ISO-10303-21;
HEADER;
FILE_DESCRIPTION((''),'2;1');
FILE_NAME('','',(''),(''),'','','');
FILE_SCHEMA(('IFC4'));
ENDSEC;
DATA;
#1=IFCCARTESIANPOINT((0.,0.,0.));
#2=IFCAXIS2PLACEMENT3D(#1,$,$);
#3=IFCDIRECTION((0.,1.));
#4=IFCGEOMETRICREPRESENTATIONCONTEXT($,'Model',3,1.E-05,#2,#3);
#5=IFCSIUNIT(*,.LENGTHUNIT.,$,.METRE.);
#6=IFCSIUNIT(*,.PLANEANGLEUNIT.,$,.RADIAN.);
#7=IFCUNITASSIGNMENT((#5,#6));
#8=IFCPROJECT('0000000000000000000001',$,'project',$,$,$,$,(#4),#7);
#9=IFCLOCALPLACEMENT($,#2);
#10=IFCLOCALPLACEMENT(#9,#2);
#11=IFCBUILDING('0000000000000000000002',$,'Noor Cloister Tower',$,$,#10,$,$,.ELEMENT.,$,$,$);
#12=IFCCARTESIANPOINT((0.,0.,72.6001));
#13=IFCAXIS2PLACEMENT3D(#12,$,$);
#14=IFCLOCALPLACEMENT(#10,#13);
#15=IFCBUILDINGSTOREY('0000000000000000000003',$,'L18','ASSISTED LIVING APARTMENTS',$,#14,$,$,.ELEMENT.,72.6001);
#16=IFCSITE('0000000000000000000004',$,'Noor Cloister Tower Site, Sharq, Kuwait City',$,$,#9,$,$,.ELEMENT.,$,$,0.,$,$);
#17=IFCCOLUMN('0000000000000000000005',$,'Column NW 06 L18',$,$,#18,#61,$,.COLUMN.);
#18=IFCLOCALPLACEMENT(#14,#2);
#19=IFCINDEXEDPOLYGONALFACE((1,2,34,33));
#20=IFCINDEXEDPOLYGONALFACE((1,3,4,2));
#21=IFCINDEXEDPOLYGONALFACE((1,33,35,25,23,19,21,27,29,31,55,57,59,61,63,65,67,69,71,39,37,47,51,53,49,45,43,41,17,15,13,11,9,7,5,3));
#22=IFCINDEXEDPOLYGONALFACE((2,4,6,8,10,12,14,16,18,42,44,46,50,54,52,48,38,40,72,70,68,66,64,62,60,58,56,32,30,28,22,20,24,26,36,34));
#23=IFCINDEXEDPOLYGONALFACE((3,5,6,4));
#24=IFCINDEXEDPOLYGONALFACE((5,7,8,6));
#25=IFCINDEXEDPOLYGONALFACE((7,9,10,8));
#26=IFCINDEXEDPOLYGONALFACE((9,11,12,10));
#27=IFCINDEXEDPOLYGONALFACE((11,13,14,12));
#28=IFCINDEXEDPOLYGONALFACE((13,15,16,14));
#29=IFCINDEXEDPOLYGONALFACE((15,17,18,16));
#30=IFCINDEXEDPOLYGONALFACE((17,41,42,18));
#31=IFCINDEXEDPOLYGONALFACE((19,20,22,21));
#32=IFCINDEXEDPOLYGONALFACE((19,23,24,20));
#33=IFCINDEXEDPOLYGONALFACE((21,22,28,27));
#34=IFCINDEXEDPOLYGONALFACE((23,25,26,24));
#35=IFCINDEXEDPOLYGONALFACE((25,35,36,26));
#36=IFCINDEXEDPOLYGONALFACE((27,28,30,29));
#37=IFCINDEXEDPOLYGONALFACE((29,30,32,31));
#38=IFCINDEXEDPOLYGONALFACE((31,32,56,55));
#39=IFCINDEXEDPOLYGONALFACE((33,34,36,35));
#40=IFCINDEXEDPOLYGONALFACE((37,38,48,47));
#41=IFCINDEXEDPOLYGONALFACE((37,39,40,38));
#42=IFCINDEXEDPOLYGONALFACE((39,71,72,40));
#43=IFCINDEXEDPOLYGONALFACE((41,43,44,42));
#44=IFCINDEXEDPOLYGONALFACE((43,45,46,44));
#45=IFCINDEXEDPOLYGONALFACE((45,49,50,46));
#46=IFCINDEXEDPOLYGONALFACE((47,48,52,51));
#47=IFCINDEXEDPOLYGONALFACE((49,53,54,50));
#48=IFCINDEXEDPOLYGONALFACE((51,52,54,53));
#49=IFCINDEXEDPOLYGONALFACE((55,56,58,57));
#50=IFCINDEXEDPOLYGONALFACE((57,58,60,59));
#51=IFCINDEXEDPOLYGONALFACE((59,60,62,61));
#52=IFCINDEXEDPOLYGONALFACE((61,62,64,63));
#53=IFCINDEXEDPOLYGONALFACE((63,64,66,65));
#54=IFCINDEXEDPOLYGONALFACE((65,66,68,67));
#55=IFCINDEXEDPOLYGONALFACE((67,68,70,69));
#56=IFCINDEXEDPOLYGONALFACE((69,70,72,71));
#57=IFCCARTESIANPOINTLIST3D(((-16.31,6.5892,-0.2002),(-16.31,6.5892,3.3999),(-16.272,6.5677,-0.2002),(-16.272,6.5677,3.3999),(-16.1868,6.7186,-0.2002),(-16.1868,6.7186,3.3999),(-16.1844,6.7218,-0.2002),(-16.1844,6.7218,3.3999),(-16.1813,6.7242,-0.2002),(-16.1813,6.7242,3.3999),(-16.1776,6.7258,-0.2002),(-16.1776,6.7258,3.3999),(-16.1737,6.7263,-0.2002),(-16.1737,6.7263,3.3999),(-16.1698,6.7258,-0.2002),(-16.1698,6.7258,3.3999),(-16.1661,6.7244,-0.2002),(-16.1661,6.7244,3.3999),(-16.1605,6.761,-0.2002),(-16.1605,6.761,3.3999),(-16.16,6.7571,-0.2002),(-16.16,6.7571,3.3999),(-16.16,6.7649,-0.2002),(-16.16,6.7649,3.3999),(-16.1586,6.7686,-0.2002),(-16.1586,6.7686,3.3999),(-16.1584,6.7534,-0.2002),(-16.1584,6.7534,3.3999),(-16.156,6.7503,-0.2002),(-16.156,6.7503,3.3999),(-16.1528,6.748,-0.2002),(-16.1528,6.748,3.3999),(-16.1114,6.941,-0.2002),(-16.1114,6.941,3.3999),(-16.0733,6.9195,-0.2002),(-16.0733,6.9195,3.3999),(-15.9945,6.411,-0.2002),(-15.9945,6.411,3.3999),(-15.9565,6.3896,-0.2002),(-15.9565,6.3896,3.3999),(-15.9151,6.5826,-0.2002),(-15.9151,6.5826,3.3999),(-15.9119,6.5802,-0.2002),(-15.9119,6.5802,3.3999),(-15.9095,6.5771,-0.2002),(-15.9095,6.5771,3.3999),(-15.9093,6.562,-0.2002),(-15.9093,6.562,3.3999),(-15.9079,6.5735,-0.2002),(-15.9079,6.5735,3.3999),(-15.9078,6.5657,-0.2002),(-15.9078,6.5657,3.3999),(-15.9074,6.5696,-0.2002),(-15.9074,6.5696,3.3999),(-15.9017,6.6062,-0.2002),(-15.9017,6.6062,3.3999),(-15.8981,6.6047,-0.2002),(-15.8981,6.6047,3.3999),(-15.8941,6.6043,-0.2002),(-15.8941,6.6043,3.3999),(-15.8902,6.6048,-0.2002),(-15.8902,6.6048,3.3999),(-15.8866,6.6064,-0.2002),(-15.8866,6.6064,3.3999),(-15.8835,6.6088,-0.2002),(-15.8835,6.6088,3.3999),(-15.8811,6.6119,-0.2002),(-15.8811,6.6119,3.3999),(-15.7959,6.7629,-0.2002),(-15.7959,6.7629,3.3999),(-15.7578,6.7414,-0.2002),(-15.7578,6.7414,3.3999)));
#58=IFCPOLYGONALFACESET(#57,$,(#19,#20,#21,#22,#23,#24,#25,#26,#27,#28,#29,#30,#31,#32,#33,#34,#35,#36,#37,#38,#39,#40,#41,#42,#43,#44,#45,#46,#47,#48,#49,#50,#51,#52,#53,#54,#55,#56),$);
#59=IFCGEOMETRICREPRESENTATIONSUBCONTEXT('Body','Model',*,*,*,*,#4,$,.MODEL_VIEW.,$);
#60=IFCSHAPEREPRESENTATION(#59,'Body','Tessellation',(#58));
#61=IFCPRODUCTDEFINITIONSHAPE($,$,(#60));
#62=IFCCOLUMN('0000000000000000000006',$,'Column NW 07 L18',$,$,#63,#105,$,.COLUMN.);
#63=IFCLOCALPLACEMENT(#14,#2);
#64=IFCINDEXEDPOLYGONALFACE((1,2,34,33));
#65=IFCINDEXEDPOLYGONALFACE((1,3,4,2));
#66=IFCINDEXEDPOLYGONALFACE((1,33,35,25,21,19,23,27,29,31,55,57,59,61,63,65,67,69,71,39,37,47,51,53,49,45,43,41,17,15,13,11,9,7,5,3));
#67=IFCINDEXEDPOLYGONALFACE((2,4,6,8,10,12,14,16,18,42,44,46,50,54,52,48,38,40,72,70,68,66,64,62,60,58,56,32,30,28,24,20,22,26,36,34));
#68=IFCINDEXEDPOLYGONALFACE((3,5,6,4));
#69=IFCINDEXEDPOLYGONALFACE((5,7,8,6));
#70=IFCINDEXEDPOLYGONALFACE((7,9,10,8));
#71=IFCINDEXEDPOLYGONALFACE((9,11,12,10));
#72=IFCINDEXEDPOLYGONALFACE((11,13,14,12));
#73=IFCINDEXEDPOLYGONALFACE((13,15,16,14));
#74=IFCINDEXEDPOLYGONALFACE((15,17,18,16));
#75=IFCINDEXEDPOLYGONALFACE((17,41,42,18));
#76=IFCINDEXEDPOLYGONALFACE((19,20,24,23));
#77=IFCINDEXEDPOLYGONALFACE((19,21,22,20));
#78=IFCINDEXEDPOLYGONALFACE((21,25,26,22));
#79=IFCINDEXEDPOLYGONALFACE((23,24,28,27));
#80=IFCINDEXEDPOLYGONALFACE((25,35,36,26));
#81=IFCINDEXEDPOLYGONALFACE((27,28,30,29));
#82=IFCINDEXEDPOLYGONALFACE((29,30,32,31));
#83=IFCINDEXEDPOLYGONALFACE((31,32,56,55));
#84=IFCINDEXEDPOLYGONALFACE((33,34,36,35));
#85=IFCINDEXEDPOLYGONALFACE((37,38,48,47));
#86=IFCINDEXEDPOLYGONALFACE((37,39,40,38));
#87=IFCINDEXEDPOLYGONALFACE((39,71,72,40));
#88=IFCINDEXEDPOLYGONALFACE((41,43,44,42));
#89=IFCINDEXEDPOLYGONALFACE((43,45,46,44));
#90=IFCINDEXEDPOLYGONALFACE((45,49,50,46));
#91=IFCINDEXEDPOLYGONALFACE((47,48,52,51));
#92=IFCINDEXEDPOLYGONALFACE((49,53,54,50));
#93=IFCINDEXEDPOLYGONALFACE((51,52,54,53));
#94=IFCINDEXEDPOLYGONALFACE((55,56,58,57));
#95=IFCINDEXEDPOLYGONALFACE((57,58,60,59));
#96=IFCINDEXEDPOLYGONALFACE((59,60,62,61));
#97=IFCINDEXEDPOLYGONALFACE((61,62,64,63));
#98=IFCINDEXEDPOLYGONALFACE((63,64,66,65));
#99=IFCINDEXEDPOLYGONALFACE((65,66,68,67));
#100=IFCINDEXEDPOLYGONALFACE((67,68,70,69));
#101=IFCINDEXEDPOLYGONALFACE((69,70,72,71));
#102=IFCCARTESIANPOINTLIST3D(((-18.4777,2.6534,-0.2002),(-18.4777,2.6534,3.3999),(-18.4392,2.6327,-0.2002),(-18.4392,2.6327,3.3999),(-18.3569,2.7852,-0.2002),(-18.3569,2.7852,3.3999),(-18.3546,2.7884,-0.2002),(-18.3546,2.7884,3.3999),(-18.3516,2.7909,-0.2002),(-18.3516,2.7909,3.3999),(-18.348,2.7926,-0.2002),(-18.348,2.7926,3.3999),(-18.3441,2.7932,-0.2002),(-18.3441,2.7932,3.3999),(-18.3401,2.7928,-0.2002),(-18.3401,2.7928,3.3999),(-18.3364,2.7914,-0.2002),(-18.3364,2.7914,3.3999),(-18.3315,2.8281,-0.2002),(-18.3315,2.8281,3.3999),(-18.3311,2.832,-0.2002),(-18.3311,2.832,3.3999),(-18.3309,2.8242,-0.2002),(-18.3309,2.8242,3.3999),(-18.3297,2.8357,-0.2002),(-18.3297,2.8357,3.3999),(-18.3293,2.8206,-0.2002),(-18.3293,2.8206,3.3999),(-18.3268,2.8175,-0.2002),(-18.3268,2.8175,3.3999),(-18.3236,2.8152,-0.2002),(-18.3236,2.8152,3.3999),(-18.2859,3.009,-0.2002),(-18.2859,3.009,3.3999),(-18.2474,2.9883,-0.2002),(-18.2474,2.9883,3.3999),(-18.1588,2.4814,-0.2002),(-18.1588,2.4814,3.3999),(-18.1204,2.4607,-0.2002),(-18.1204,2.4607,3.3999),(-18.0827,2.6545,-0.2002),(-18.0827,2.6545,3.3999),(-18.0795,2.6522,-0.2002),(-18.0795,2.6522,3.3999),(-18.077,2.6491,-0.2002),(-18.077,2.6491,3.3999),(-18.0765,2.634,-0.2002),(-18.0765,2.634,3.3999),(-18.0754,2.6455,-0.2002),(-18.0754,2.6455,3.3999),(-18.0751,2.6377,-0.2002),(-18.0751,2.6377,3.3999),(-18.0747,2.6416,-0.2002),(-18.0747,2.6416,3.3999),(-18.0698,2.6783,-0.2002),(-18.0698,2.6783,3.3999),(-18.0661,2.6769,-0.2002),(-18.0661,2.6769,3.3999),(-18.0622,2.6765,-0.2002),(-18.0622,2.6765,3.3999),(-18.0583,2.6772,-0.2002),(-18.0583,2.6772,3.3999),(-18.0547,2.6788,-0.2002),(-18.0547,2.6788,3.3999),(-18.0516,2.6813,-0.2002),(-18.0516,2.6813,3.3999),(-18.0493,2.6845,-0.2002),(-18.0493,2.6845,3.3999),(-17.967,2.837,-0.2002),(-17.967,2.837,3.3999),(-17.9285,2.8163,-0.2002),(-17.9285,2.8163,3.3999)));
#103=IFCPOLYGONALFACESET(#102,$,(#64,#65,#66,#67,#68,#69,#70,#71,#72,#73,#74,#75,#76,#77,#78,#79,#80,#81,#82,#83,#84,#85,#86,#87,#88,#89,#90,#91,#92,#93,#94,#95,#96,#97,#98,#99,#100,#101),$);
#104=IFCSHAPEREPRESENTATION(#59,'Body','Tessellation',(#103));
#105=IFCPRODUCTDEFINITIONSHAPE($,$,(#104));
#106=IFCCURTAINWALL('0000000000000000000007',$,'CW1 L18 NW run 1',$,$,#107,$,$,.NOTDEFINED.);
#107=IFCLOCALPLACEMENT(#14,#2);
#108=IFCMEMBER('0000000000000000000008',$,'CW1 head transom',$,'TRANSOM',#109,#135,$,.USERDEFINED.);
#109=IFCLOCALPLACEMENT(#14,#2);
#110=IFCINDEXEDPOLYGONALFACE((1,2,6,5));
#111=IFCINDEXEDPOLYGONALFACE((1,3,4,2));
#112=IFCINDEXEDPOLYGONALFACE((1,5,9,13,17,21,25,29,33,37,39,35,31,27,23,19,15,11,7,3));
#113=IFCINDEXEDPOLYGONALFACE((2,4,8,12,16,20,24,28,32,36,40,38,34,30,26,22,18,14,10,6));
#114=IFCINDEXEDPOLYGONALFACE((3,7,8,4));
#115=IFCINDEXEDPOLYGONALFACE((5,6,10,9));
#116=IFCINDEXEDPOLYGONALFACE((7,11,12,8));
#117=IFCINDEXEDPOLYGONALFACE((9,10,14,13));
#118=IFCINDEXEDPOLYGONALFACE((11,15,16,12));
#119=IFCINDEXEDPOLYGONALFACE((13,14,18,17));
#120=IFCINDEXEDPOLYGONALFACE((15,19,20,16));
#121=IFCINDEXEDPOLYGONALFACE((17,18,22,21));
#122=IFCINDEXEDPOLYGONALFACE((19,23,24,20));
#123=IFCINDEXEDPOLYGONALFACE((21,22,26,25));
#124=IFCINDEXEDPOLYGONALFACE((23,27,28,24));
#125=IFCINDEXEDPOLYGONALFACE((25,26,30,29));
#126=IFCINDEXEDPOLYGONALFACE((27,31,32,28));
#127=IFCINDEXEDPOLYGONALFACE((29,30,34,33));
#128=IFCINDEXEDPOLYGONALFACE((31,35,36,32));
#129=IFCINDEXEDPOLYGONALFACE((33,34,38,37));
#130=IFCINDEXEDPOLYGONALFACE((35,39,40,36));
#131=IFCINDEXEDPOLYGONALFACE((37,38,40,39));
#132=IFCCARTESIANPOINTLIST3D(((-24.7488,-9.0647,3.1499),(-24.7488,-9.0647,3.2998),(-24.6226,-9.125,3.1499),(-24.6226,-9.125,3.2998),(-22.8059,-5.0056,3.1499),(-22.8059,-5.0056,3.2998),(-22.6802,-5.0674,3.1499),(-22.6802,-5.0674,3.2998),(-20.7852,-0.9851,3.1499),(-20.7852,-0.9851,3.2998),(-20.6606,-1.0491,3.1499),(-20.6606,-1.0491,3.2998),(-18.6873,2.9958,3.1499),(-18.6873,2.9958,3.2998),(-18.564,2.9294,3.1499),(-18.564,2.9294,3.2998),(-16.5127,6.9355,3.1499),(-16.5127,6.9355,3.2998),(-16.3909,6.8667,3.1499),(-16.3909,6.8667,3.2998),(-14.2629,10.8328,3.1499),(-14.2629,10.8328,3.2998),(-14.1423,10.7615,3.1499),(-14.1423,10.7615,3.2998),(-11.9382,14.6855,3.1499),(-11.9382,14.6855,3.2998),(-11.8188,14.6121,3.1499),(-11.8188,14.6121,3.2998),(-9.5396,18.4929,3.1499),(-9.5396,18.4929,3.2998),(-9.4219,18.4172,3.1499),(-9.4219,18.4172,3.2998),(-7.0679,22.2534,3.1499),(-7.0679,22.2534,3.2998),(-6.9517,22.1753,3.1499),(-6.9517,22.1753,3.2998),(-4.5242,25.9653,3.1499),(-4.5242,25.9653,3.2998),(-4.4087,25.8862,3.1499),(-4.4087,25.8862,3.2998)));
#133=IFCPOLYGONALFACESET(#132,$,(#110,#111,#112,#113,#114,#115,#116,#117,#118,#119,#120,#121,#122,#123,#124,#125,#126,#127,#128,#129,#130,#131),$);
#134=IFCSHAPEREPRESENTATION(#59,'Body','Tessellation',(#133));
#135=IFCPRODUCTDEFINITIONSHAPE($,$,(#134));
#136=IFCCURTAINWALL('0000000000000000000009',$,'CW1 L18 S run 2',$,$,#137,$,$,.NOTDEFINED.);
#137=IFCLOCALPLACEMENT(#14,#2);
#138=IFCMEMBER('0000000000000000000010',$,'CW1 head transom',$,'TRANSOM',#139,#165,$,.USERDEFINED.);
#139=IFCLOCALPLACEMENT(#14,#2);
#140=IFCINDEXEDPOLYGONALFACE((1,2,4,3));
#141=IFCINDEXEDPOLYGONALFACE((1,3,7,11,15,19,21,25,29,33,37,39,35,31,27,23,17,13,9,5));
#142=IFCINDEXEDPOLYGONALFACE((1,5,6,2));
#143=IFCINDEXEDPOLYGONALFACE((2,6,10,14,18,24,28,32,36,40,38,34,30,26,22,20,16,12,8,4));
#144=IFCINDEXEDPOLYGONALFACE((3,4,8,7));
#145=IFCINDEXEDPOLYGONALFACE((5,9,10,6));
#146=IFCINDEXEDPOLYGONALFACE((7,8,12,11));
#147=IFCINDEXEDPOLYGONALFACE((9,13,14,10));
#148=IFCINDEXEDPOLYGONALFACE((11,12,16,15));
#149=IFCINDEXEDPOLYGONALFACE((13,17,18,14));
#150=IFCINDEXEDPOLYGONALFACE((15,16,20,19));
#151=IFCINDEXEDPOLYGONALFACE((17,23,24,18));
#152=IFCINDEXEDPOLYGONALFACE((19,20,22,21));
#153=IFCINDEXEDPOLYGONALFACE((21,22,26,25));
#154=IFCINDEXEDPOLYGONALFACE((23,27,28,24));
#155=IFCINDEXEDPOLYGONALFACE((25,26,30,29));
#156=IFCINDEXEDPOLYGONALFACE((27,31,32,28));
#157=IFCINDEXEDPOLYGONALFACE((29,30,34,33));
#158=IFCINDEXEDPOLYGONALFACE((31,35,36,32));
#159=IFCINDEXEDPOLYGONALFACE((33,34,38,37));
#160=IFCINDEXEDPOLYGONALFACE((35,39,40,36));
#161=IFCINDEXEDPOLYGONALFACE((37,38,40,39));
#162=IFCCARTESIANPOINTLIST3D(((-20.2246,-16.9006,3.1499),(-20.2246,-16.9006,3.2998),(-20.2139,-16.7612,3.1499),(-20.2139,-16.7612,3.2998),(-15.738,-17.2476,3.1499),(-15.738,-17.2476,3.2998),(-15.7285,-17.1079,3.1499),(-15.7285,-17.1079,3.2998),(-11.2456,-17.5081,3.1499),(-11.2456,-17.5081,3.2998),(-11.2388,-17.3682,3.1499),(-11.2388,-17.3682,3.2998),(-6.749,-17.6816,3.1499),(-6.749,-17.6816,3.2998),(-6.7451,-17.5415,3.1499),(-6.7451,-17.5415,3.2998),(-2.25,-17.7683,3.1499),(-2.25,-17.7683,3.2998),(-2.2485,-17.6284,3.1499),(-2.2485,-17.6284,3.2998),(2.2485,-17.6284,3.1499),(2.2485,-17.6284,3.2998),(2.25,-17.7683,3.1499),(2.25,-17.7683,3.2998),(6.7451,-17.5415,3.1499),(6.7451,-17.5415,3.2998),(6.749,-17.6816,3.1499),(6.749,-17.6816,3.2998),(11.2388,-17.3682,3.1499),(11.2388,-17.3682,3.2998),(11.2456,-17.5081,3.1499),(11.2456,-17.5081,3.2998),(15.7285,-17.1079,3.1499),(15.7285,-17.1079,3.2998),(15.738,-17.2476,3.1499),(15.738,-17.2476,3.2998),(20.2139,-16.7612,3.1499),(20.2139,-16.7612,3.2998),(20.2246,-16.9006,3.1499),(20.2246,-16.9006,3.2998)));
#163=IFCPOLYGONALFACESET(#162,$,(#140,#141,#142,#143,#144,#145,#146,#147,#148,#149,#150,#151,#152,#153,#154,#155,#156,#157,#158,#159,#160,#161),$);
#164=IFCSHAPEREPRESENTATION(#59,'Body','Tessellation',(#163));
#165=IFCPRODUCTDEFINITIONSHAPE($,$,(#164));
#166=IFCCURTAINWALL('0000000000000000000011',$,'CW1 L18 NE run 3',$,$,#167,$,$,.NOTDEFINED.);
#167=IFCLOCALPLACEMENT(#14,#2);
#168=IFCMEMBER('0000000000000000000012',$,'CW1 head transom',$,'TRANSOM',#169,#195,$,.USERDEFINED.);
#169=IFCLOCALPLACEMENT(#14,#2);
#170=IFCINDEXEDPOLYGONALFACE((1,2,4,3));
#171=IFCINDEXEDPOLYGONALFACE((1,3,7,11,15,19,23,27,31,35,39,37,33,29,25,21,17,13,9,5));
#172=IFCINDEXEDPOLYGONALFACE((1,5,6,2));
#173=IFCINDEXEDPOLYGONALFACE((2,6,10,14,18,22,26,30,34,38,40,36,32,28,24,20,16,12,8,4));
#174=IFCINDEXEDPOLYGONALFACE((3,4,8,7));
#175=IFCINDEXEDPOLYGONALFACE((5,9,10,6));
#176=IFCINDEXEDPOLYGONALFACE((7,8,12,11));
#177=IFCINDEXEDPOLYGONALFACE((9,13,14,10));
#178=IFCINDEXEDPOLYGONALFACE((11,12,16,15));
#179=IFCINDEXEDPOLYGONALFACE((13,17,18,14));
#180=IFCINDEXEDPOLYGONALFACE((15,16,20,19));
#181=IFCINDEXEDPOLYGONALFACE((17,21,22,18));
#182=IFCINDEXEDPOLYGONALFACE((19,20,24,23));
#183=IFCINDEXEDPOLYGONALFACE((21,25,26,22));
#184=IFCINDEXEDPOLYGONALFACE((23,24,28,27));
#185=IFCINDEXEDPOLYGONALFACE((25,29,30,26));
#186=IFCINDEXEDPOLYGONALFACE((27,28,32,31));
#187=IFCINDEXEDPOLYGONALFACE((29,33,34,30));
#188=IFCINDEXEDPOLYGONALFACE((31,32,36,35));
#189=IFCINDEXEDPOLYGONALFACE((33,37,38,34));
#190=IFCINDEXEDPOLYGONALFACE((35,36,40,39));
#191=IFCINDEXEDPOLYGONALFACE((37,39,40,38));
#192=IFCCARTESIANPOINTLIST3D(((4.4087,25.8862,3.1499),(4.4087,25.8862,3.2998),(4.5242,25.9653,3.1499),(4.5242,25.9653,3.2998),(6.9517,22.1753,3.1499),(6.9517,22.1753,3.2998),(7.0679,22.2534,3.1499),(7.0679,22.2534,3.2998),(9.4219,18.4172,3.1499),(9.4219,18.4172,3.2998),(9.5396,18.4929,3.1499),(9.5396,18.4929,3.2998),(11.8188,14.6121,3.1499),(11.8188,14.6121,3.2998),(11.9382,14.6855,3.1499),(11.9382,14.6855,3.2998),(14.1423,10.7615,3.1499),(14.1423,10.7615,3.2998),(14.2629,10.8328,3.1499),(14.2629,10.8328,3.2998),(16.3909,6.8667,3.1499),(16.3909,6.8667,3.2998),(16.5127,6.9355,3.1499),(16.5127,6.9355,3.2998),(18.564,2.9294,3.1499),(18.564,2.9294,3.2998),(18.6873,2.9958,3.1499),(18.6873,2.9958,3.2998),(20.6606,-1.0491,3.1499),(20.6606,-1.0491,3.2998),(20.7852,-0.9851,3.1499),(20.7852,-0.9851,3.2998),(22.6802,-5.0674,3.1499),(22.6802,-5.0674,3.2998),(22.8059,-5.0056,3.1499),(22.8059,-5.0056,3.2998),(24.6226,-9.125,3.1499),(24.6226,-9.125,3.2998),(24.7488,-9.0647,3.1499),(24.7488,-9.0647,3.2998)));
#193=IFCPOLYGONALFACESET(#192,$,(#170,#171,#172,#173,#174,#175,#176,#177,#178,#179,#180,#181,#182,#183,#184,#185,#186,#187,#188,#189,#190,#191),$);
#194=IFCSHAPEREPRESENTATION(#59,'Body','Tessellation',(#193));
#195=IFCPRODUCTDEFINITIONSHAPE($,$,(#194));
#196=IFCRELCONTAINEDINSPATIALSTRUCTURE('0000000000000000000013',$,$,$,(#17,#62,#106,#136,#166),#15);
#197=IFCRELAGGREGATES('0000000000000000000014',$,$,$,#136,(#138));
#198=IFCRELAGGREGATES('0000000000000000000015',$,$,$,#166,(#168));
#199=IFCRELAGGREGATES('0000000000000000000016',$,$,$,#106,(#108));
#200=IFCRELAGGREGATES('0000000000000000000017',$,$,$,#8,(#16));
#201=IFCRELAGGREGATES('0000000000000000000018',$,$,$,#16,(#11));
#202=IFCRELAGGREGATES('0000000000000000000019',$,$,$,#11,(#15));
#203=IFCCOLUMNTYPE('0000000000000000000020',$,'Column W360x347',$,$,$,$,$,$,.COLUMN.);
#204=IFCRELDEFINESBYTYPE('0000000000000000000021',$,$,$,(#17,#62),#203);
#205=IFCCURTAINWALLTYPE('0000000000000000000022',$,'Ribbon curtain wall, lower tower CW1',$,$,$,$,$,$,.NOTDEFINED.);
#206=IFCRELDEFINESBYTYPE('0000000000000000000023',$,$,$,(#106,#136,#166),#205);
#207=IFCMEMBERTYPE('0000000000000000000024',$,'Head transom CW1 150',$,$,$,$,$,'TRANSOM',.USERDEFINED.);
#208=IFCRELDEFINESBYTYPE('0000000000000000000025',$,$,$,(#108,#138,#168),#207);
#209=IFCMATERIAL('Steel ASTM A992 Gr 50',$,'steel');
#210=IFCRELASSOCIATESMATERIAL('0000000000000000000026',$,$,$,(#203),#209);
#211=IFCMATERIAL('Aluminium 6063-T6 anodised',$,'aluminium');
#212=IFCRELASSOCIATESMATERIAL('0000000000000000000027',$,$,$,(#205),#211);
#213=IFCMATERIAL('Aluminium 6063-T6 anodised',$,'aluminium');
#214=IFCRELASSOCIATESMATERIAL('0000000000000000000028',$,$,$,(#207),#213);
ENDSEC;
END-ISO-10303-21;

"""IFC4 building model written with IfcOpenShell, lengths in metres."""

from ifc_helpers import new_model, si_unit, direction, frame, origin, origin_2d, place, context, subcontext, project, spatial, polyline, i_section, outline, extrude, material, material_profile, profile_set, type_object, element, aggregate, save


model = new_model("IFC4")

# Units and contexts
model_context = context("Model", 3, precision=1e-05, world=origin(), true_north=direction((0.0, 1.0)))
body_context = subcontext(model_context, "Body", "Model", "MODEL_VIEW")
ifc_project = project(units=[si_unit("LENGTHUNIT", "METRE"), si_unit("PLANEANGLEUNIT", "RADIAN")], contexts=[model_context])

# Site, building, storey
site_placement = place(None, origin())
site = spatial("IfcSite", under=ifc_project, at=site_placement, Name="Noor Cloister Tower Site, Sharq, Kuwait City", CompositionType="ELEMENT", RefElevation=0.0)
building_placement = place(site_placement, origin())
building = spatial("IfcBuilding", under=site, at=building_placement, Name="Noor Cloister Tower", CompositionType="ELEMENT")
storey_placement = place(building_placement, frame((0.0, 0.0, 72.6001)))
storey = spatial("IfcBuildingStorey", under=building, at=storey_placement, Name="L18", Description="ASSISTED LIVING APARTMENTS", CompositionType="ELEMENT", Elevation=72.6001)

# Columns
ifc_material_1 = material(Name="Steel ASTM A992 Gr 50", Category="steel")
ifc_material_profile_1 = material_profile(ifc_material_1, i_section(OverallWidth=0.4041, OverallDepth=0.406, WebThickness=0.0271, FlangeThickness=0.0437, FilletRadius=0.0151, at=origin_2d()), Name="W360x347")
ifc_profile_set_1 = profile_set([ifc_material_profile_1], Name="Steel ASTM A992 Gr 50")
column_type = type_object("IfcColumnType", Name="Column W360x347", PredefinedType="COLUMN", material=ifc_profile_set_1)
for number, where, z_axis, x_axis, name in (
    (1, (-16.0339, 6.6653, -0.2002), (0.0, 0.0, 1.0), (-0.491623, -0.870808, 0.0), "Column NW 06 L18"),
    (2, (-18.2031, 2.7349, -0.2002), (0.0, 0.0, 1.0), (-0.474733, -0.88013, 0.0), "Column NW 07 L18"),
):
    element("IfcColumn", number, at=place(storey_placement, frame(where, z_axis=z_axis, x_axis=x_axis)), inside=storey, type_object=column_type, Name=name, PredefinedType="COLUMN", context=body_context, shape_type="SweptSolid", body=[
        extrude(i_section(OverallWidth=0.4041, OverallDepth=0.406, WebThickness=0.0271, FlangeThickness=0.0437, FilletRadius=0.0151, at=origin_2d()), origin(), (0.0, 0.0, 1.0), 3.6001),
    ])

# Curtain walls, members
ifc_material_2 = material(Name="Aluminium 6063-T6 anodised", Category="aluminium")
curtain_wall_type = type_object("IfcCurtainWallType", Name="Ribbon curtain wall, lower tower CW1", PredefinedType="NOTDEFINED", material=ifc_material_2)
curtain_wall_1_placement = place(storey_placement, origin())
curtain_wall_1 = element("IfcCurtainWall", 3, at=curtain_wall_1_placement, inside=storey, type_object=curtain_wall_type, Name="CW1 L18 NW run 1", PredefinedType="NOTDEFINED")
ifc_material_3 = material(Name="Aluminium 6063-T6 anodised", Category="aluminium")
member_type_1 = type_object("IfcMemberType", Name="Head transom CW1 150", ElementType="TRANSOM", PredefinedType="USERDEFINED", material=ifc_material_3)
member_1_placement = place(storey_placement, frame((0.0, 0.0, 3.1499)))
member_1 = element("IfcMember", 4, at=member_1_placement, type_object=member_type_1, Name="CW1 head transom", ObjectType="TRANSOM", PredefinedType="USERDEFINED", context=body_context, shape_type="SweptSolid", body=[
    extrude(outline(polyline([(-4.5242, 25.9653), (-7.0679, 22.2534), (-9.5396, 18.4929), (-11.9382, 14.6855), (-14.2629, 10.8328), (-16.5127, 6.9355), (-18.6873, 2.9958), (-20.7852, -0.9851), (-22.8059, -5.0056), (-24.7488, -9.0647), (-24.6226, -9.125), (-22.6802, -5.0674), (-20.6606, -1.0491), (-18.564, 2.9294), (-16.3909, 6.8667), (-14.1423, 10.7615), (-11.8188, 14.6121), (-9.4219, 18.4172), (-6.9517, 22.1753), (-4.4087, 25.8862), (-4.5242, 25.9653)])), origin(), (0.0, 0.0, 1.0), 0.1499),
])
curtain_wall_2_placement = place(storey_placement, origin())
curtain_wall_2 = element("IfcCurtainWall", 5, at=curtain_wall_2_placement, inside=storey, type_object=curtain_wall_type, Name="CW1 L18 S run 2", PredefinedType="NOTDEFINED")
member_2_placement = place(storey_placement, frame((0.0, 0.0, 3.1499)))
member_2 = element("IfcMember", 6, at=member_2_placement, type_object=member_type_1, Name="CW1 head transom", ObjectType="TRANSOM", PredefinedType="USERDEFINED", context=body_context, shape_type="SweptSolid", body=[
    extrude(outline(polyline([(-20.2246, -16.9006), (-15.738, -17.2476), (-11.2456, -17.5081), (-6.749, -17.6816), (-2.25, -17.7683), (2.25, -17.7683), (6.749, -17.6816), (11.2456, -17.5081), (15.738, -17.2476), (20.2246, -16.9006), (20.2139, -16.7612), (15.7285, -17.1079), (11.2388, -17.3682), (6.7451, -17.5415), (2.2485, -17.6284), (-2.2485, -17.6284), (-6.7451, -17.5415), (-11.2388, -17.3682), (-15.7285, -17.1079), (-20.2139, -16.7612), (-20.2246, -16.9006)])), origin(), (0.0, 0.0, 1.0), 0.1499),
])
curtain_wall_3_placement = place(storey_placement, origin())
curtain_wall_3 = element("IfcCurtainWall", 7, at=curtain_wall_3_placement, inside=storey, type_object=curtain_wall_type, Name="CW1 L18 NE run 3", PredefinedType="NOTDEFINED")
member_3_placement = place(storey_placement, frame((0.0, 0.0, 3.1499)))
member_3 = element("IfcMember", 8, at=member_3_placement, type_object=member_type_1, Name="CW1 head transom", ObjectType="TRANSOM", PredefinedType="USERDEFINED", context=body_context, shape_type="SweptSolid", body=[
    extrude(outline(polyline([(24.7488, -9.0647), (22.8059, -5.0056), (20.7852, -0.9851), (18.6873, 2.9958), (16.5127, 6.9355), (14.2629, 10.8328), (11.9382, 14.6855), (9.5396, 18.4929), (7.0679, 22.2534), (4.5242, 25.9653), (4.4087, 25.8862), (6.9517, 22.1753), (9.4219, 18.4172), (11.8188, 14.6121), (14.1423, 10.7615), (16.3909, 6.8667), (18.564, 2.9294), (20.6606, -1.0491), (22.6802, -5.0674), (24.6226, -9.125), (24.7488, -9.0647)])), origin(), (0.0, 0.0, 1.0), 0.1499),
])

aggregate(curtain_wall_2, [member_2])
aggregate(curtain_wall_3, [member_3])

aggregate(curtain_wall_1, [member_1])

save(model, "model.ifc")
